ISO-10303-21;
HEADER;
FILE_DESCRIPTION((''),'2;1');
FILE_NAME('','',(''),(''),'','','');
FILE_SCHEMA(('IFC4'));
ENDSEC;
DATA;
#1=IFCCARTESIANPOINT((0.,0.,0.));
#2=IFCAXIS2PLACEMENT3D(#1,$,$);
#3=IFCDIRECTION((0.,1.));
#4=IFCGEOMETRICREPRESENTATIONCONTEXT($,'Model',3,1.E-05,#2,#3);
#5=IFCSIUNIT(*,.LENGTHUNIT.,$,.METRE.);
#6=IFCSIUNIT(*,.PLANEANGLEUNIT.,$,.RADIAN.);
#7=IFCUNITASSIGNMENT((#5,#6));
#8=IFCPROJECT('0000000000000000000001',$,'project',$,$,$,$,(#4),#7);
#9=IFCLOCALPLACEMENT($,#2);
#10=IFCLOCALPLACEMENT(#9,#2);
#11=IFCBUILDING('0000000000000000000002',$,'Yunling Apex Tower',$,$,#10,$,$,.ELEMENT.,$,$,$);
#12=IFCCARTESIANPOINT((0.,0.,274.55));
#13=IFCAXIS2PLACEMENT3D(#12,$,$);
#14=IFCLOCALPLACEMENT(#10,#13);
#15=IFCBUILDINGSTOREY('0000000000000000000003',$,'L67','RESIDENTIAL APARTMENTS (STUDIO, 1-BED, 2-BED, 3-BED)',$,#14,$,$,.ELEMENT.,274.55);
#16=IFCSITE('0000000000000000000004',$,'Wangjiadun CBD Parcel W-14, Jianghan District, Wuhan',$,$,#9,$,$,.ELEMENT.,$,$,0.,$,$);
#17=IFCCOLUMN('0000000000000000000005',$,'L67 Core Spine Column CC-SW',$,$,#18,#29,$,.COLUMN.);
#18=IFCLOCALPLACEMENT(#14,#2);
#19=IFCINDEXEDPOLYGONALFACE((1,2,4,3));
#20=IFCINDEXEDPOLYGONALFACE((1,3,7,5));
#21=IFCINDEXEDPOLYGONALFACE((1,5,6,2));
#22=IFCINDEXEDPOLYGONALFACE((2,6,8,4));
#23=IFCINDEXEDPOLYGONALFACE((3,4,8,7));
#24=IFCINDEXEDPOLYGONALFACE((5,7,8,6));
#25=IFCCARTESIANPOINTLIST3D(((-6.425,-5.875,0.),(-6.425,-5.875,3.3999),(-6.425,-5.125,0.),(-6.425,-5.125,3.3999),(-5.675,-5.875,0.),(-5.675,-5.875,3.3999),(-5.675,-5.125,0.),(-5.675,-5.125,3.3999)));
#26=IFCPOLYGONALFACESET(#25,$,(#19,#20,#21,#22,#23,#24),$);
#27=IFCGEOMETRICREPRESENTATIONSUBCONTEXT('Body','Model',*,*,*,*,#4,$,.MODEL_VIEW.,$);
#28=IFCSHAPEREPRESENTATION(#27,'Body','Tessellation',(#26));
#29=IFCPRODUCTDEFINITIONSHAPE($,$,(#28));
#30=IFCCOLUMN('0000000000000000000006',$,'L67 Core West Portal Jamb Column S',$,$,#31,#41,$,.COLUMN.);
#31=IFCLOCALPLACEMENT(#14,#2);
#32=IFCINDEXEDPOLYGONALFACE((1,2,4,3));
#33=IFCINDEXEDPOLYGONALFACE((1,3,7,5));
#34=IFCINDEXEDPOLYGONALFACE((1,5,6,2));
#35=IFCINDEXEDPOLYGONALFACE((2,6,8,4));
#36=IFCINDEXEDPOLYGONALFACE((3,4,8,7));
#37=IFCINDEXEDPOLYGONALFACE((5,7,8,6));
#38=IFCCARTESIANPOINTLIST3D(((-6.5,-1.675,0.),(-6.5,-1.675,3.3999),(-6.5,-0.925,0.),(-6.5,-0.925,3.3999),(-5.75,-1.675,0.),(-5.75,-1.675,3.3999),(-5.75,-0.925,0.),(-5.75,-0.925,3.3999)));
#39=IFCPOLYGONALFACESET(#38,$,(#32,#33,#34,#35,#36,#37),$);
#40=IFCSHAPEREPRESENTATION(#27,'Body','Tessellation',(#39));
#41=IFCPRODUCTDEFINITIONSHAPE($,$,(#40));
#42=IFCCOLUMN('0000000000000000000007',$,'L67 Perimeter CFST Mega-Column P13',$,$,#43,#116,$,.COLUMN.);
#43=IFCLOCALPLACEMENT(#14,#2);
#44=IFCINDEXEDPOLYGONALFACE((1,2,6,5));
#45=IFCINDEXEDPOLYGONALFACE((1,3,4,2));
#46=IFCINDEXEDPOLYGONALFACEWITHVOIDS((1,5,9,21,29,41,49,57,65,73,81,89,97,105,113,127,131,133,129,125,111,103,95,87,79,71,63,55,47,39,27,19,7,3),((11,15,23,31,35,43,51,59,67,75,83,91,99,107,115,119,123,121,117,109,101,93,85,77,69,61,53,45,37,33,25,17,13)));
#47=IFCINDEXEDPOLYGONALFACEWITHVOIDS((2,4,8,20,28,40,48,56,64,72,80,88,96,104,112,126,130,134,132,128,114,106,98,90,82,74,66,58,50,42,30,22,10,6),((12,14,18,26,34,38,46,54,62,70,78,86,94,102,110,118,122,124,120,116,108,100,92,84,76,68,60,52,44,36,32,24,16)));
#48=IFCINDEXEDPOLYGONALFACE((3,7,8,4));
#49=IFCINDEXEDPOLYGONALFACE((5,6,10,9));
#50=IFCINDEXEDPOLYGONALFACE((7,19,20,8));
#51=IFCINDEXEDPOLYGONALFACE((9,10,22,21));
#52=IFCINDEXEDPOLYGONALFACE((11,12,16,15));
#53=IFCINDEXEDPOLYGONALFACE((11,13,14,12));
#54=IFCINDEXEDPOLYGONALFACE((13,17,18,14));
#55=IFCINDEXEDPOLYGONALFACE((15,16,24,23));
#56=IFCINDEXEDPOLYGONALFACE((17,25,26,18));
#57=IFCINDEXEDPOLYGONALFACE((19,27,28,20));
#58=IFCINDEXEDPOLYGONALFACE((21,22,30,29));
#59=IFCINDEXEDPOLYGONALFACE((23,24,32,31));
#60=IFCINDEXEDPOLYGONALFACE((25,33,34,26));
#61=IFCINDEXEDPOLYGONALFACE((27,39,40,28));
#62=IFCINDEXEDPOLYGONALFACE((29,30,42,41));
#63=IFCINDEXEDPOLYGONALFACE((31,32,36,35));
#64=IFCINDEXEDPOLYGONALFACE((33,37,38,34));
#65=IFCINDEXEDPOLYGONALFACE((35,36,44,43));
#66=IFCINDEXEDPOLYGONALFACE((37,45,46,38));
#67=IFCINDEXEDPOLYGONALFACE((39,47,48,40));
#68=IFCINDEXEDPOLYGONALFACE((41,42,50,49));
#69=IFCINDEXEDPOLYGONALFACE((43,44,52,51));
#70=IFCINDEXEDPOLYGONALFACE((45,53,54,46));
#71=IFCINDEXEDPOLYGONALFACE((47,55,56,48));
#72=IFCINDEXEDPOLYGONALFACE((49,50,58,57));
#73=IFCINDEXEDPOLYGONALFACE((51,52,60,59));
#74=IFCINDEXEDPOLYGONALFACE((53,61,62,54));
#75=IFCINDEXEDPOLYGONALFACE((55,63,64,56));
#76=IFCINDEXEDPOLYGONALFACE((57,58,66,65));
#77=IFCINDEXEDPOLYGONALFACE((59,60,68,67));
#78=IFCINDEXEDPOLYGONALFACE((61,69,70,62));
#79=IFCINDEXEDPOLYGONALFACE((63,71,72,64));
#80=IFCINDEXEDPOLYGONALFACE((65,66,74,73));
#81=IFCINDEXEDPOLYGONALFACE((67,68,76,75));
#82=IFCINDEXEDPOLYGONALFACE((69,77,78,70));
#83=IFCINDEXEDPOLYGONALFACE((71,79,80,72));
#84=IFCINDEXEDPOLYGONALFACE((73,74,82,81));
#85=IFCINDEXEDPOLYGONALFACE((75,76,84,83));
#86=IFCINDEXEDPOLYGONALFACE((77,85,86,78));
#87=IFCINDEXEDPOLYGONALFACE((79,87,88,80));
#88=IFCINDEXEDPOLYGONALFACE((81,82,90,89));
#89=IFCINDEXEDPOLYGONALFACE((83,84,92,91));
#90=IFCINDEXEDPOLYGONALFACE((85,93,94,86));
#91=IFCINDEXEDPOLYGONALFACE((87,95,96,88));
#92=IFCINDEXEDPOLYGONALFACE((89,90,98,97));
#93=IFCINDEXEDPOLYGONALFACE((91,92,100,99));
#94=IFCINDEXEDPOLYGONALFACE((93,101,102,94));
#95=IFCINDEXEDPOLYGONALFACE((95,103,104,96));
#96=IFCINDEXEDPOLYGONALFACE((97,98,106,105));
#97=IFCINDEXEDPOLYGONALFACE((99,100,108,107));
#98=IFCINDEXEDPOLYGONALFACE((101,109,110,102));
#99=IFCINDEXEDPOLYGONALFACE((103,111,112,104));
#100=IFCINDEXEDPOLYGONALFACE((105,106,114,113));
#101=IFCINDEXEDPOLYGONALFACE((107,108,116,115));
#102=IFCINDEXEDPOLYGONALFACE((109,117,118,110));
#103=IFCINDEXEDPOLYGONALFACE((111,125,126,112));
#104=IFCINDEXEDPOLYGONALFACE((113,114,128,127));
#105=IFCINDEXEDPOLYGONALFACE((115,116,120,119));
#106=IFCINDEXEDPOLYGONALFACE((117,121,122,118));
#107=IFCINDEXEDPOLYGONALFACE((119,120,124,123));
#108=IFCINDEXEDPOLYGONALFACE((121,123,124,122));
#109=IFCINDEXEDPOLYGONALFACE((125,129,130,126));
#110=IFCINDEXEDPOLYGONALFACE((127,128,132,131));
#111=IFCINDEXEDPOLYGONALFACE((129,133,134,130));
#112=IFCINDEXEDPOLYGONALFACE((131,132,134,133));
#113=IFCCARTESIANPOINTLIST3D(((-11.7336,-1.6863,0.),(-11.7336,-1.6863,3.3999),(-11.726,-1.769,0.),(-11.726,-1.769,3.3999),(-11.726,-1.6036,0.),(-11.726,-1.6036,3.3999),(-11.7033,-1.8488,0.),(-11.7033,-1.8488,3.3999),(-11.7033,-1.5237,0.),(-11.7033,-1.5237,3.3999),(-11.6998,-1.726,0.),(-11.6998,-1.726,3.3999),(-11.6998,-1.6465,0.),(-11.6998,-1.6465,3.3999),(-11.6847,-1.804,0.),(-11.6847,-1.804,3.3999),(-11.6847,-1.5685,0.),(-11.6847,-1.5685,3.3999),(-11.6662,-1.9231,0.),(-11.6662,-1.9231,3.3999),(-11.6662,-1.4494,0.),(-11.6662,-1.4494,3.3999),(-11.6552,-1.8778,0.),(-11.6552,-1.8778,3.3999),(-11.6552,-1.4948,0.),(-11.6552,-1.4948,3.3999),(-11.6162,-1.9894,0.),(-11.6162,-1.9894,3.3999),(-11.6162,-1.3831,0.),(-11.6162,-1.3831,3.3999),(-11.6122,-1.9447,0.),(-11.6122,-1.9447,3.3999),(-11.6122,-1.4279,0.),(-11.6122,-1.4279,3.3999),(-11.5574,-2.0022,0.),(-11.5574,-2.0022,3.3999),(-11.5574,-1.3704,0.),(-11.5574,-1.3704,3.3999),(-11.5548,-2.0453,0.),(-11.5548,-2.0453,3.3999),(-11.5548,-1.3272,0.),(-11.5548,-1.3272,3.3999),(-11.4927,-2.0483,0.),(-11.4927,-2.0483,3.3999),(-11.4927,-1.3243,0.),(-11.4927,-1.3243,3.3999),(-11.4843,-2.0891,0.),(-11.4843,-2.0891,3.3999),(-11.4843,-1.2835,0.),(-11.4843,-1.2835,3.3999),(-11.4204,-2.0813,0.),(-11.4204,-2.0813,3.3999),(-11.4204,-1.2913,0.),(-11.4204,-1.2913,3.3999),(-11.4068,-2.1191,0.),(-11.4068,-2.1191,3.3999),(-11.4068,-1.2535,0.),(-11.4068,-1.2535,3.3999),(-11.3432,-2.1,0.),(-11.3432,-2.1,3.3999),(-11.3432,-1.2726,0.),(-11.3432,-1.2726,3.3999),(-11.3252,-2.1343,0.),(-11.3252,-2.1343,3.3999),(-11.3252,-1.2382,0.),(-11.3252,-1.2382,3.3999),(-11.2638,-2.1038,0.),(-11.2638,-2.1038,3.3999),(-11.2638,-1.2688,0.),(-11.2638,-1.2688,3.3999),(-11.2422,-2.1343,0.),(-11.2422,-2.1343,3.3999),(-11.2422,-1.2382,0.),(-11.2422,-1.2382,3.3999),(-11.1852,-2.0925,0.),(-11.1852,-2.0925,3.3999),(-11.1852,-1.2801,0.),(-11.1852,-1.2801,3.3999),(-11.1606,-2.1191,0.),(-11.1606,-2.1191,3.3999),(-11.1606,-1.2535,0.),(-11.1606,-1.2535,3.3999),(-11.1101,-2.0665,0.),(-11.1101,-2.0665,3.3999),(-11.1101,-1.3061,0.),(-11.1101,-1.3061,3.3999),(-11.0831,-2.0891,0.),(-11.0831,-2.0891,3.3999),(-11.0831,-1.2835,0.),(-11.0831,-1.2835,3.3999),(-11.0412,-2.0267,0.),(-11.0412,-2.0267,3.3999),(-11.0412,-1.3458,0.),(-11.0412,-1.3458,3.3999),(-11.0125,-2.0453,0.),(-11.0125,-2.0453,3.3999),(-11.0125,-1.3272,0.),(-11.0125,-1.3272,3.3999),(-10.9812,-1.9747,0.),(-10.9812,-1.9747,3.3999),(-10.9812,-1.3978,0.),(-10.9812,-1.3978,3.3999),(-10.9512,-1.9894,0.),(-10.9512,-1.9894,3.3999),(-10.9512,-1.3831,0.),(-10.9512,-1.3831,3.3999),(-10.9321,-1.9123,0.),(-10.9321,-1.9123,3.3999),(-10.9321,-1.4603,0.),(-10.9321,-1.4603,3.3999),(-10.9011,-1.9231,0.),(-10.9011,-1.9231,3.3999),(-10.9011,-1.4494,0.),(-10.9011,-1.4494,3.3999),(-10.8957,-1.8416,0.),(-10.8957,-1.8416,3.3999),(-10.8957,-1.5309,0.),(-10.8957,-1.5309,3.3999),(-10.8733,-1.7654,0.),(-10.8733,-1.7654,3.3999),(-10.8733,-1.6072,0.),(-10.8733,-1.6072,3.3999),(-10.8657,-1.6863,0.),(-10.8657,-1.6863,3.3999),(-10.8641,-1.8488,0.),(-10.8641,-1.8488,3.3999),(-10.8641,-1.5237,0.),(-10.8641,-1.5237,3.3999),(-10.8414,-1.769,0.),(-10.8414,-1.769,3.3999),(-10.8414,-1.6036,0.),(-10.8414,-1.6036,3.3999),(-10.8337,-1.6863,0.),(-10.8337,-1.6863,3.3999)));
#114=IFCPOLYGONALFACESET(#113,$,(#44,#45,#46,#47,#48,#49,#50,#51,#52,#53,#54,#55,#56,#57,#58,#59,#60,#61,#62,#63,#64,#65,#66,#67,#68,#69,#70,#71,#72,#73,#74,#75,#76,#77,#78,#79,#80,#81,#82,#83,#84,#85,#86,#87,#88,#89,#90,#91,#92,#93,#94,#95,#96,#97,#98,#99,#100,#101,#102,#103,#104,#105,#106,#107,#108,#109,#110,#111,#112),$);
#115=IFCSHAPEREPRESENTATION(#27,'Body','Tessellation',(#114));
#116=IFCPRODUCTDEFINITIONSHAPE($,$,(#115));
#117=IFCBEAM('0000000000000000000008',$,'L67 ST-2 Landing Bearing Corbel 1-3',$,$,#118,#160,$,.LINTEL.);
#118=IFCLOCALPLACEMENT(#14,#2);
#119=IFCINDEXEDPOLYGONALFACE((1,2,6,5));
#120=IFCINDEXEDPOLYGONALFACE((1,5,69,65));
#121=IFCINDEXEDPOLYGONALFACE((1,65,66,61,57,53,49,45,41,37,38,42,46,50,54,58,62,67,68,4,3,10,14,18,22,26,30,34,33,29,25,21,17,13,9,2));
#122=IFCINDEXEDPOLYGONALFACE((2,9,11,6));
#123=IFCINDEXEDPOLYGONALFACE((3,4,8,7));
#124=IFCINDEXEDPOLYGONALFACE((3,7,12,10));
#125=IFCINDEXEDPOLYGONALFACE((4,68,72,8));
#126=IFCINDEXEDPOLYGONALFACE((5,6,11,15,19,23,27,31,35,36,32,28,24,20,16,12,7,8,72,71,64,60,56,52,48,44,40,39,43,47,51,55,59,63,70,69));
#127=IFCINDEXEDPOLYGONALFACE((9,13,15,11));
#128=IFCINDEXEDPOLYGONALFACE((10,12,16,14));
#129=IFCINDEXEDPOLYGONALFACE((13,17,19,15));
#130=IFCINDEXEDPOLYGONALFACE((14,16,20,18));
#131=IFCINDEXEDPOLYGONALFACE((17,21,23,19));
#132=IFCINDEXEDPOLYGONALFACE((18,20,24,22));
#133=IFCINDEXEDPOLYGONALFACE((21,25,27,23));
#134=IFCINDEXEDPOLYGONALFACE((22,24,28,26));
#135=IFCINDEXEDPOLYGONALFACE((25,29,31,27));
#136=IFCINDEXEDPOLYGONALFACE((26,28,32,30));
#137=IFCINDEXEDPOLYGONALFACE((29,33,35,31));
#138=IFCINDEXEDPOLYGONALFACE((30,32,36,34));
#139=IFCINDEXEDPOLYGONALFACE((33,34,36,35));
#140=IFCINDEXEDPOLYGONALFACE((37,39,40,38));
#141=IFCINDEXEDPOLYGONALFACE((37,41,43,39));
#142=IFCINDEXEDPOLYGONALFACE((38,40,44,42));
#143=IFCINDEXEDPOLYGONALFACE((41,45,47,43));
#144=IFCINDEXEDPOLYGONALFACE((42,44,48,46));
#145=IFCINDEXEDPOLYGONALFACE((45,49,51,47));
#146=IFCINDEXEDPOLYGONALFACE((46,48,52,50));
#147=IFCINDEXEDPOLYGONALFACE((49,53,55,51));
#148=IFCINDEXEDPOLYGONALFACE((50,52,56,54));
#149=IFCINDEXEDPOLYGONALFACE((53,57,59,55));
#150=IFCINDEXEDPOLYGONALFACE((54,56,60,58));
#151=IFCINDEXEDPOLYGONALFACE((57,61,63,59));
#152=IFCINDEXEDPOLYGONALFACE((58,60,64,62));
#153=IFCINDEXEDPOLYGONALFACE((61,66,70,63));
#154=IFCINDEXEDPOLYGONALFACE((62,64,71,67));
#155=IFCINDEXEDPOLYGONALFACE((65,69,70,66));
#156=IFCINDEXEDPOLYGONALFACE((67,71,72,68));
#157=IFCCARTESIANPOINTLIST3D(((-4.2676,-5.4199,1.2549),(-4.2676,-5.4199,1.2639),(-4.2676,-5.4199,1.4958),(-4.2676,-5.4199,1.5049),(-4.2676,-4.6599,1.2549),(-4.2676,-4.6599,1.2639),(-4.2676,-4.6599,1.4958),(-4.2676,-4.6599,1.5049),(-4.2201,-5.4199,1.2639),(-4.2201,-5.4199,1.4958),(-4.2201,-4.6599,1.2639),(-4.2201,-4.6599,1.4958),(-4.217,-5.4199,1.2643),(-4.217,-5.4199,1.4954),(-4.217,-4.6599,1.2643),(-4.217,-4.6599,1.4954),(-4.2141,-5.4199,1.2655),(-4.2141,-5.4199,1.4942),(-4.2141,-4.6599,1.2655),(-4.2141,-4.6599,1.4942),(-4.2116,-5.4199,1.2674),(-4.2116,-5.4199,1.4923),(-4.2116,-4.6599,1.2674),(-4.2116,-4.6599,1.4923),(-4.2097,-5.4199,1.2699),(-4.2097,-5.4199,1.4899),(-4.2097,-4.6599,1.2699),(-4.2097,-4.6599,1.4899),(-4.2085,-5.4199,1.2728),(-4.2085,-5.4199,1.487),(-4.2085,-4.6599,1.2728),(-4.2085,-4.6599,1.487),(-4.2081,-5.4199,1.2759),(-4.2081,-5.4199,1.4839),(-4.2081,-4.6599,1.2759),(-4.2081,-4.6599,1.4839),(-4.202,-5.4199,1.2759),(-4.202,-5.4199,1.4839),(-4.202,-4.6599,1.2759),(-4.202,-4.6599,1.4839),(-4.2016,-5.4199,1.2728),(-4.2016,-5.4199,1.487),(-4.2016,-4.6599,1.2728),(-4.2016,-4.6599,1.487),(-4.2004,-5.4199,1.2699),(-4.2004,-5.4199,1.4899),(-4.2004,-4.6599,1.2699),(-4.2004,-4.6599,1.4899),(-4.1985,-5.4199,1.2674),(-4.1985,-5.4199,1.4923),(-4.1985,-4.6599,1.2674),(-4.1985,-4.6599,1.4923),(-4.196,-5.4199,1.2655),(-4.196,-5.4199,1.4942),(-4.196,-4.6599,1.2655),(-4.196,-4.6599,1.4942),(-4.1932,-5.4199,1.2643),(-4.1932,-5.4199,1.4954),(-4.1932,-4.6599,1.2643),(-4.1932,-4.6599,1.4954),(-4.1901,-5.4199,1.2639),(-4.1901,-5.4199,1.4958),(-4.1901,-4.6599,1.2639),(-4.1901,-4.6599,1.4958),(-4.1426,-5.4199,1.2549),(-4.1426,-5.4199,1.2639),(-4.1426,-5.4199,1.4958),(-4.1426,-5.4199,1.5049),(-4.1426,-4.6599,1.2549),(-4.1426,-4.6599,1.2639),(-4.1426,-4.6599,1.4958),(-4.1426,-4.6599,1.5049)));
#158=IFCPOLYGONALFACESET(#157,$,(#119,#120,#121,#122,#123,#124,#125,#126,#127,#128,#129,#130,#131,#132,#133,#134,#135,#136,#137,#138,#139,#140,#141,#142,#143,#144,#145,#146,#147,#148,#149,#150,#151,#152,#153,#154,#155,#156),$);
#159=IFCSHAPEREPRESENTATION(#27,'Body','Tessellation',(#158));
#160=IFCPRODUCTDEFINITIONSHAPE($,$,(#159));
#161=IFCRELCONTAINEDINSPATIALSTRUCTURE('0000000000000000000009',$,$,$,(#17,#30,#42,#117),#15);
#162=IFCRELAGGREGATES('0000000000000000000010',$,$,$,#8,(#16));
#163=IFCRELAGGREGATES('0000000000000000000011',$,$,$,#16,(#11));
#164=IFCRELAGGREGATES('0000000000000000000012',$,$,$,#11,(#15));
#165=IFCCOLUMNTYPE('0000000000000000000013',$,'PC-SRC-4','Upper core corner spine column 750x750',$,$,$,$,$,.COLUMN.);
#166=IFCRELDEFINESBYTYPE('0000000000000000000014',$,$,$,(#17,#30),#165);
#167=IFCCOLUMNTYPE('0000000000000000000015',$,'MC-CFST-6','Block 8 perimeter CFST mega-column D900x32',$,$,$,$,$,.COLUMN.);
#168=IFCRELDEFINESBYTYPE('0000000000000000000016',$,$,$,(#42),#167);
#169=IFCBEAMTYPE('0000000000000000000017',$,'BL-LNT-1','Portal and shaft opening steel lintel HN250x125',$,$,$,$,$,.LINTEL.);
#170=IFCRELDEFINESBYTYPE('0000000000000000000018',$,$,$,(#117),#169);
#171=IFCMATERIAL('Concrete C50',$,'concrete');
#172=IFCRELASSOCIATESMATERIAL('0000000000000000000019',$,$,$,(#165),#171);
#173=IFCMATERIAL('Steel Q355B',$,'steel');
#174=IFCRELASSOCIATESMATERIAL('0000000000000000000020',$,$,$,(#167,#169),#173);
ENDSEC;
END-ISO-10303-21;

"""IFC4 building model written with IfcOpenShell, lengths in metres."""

from ifc_helpers import new_model, si_unit, direction, frame, origin, origin_2d, place, context, subcontext, project, spatial, rectangle, hollow_circle, i_section, extrude, source, transform, mapped, material, material_profile, profile_set, type_object, element, save


model = new_model("IFC4")

# Units and contexts
model_context = context("Model", 3, precision=1e-05, world=origin(), true_north=direction((0.0, 1.0)))
body_context = subcontext(model_context, "Body", "Model", "MODEL_VIEW")
ifc_project = project(units=[si_unit("LENGTHUNIT", "METRE"), si_unit("PLANEANGLEUNIT", "RADIAN")], contexts=[model_context])

# Site, building, storey
site_placement = place(None, origin())
site = spatial("IfcSite", under=ifc_project, at=site_placement, Name="Wangjiadun CBD Parcel W-14, Jianghan District, Wuhan", CompositionType="ELEMENT", RefElevation=0.0)
building_placement = place(site_placement, origin())
building = spatial("IfcBuilding", under=site, at=building_placement, Name="Yunling Apex Tower", CompositionType="ELEMENT")
storey_placement = place(building_placement, frame((0.0, 0.0, 274.55)))
storey = spatial("IfcBuildingStorey", under=building, at=storey_placement, Name="L67", Description="RESIDENTIAL APARTMENTS (STUDIO, 1-BED, 2-BED, 3-BED)", CompositionType="ELEMENT", Elevation=274.55)

# Columns
ifc_material_1 = material(Name="Concrete C50", Category="concrete")
ifc_material_profile_1 = material_profile(ifc_material_1, rectangle(XDim=0.75, YDim=0.75, at=origin_2d()))
ifc_profile_set_1 = profile_set([ifc_material_profile_1], Name="Concrete C50")
column_type_1 = type_object("IfcColumnType", Name="PC-SRC-4", Description="Upper core corner spine column 750x750", PredefinedType="COLUMN", material=ifc_profile_set_1)
shared_shape_1 = source(origin(), body_context, "Body", "SweptSolid", [
    extrude(rectangle(XDim=0.75, YDim=0.75, at=origin_2d()), origin(), (0.0, 0.0, 1.0), 3.3999),
])
for number, where, z_axis, x_axis, name in (
    (1, (-6.05, -5.5, 0.0), (0.0, 0.0, 1.0), (1.0, 0.0, 0.0), "L67 Core Spine Column CC-SW"),
    (2, (-6.125, -1.3, 0.0), (0.0, 0.0, 1.0), (1.0, 0.0, 0.0), "L67 Core West Portal Jamb Column S"),
):
    element("IfcColumn", number, at=place(storey_placement, frame(where, z_axis=z_axis, x_axis=x_axis)), inside=storey, type_object=column_type_1, Name=name, PredefinedType="COLUMN", context=body_context, shape_type="MappedRepresentation", body=[
        mapped(shared_shape_1, transform((0.0, 0.0, 0.0), scale=1.0)),
    ])
ifc_material_2 = material(Name="Steel Q355B", Category="steel")
ifc_material_profile_2 = material_profile(ifc_material_2, hollow_circle(Radius=0.45, WallThickness=0.032, at=origin_2d()))
ifc_profile_set_2 = profile_set([ifc_material_profile_2], Name="Steel Q355B")
column_type_2 = type_object("IfcColumnType", Name="MC-CFST-6", Description="Block 8 perimeter CFST mega-column D900x32", PredefinedType="COLUMN", material=ifc_profile_set_2)
shared_shape_2 = source(origin(), body_context, "Body", "SweptSolid", [
    extrude(hollow_circle(Radius=0.45, WallThickness=0.032, at=origin_2d()), origin(), (0.0, 0.0, 1.0), 3.3999),
])
column_placement = place(storey_placement, frame((-11.2837, -1.6863, 0.0), z_axis=(0.0, 0.0, 1.0), x_axis=(1.0, 0.0, 0.0)))
element("IfcColumn", 3, at=column_placement, inside=storey, type_object=column_type_2, Name="L67 Perimeter CFST Mega-Column P13", PredefinedType="COLUMN", context=body_context, shape_type="MappedRepresentation", body=[
    mapped(shared_shape_2, transform((0.0, 0.0, 0.0), scale=1.0)),
])

# Beam
ifc_material_profile_3 = material_profile(ifc_material_2, i_section(OverallWidth=0.125, OverallDepth=0.25, WebThickness=0.0061, FlangeThickness=0.009, FilletRadius=0.012, at=origin_2d()))
ifc_profile_set_3 = profile_set([ifc_material_profile_3], Name="Steel Q355B")
beam_type_1 = type_object("IfcBeamType", Name="BL-LNT-1", Description="Portal and shaft opening steel lintel HN250x125", PredefinedType="LINTEL", material=ifc_profile_set_3)
shared_shape_3 = source(origin(), body_context, "Body", "SweptSolid", [
    extrude(i_section(OverallWidth=0.125, OverallDepth=0.25, WebThickness=0.0061, FlangeThickness=0.009, FilletRadius=0.012, at=origin_2d()), origin(), (0.0, 0.0, 1.0), 0.76),
])
beam_1_placement = place(storey_placement, frame((-4.2051, -5.4199, 1.3799), z_axis=(0.0, 1.0, 0.0), x_axis=(-1.0, 0.0, 0.0)))
element("IfcBeam", 4, at=beam_1_placement, inside=storey, type_object=beam_type_1, Name="L67 ST-2 Landing Bearing Corbel 1-3", PredefinedType="LINTEL", context=body_context, shape_type="MappedRepresentation", body=[
    mapped(shared_shape_3, transform((0.0, 0.0, 0.0), scale=1.0)),
])

save(model, "model.ifc")
